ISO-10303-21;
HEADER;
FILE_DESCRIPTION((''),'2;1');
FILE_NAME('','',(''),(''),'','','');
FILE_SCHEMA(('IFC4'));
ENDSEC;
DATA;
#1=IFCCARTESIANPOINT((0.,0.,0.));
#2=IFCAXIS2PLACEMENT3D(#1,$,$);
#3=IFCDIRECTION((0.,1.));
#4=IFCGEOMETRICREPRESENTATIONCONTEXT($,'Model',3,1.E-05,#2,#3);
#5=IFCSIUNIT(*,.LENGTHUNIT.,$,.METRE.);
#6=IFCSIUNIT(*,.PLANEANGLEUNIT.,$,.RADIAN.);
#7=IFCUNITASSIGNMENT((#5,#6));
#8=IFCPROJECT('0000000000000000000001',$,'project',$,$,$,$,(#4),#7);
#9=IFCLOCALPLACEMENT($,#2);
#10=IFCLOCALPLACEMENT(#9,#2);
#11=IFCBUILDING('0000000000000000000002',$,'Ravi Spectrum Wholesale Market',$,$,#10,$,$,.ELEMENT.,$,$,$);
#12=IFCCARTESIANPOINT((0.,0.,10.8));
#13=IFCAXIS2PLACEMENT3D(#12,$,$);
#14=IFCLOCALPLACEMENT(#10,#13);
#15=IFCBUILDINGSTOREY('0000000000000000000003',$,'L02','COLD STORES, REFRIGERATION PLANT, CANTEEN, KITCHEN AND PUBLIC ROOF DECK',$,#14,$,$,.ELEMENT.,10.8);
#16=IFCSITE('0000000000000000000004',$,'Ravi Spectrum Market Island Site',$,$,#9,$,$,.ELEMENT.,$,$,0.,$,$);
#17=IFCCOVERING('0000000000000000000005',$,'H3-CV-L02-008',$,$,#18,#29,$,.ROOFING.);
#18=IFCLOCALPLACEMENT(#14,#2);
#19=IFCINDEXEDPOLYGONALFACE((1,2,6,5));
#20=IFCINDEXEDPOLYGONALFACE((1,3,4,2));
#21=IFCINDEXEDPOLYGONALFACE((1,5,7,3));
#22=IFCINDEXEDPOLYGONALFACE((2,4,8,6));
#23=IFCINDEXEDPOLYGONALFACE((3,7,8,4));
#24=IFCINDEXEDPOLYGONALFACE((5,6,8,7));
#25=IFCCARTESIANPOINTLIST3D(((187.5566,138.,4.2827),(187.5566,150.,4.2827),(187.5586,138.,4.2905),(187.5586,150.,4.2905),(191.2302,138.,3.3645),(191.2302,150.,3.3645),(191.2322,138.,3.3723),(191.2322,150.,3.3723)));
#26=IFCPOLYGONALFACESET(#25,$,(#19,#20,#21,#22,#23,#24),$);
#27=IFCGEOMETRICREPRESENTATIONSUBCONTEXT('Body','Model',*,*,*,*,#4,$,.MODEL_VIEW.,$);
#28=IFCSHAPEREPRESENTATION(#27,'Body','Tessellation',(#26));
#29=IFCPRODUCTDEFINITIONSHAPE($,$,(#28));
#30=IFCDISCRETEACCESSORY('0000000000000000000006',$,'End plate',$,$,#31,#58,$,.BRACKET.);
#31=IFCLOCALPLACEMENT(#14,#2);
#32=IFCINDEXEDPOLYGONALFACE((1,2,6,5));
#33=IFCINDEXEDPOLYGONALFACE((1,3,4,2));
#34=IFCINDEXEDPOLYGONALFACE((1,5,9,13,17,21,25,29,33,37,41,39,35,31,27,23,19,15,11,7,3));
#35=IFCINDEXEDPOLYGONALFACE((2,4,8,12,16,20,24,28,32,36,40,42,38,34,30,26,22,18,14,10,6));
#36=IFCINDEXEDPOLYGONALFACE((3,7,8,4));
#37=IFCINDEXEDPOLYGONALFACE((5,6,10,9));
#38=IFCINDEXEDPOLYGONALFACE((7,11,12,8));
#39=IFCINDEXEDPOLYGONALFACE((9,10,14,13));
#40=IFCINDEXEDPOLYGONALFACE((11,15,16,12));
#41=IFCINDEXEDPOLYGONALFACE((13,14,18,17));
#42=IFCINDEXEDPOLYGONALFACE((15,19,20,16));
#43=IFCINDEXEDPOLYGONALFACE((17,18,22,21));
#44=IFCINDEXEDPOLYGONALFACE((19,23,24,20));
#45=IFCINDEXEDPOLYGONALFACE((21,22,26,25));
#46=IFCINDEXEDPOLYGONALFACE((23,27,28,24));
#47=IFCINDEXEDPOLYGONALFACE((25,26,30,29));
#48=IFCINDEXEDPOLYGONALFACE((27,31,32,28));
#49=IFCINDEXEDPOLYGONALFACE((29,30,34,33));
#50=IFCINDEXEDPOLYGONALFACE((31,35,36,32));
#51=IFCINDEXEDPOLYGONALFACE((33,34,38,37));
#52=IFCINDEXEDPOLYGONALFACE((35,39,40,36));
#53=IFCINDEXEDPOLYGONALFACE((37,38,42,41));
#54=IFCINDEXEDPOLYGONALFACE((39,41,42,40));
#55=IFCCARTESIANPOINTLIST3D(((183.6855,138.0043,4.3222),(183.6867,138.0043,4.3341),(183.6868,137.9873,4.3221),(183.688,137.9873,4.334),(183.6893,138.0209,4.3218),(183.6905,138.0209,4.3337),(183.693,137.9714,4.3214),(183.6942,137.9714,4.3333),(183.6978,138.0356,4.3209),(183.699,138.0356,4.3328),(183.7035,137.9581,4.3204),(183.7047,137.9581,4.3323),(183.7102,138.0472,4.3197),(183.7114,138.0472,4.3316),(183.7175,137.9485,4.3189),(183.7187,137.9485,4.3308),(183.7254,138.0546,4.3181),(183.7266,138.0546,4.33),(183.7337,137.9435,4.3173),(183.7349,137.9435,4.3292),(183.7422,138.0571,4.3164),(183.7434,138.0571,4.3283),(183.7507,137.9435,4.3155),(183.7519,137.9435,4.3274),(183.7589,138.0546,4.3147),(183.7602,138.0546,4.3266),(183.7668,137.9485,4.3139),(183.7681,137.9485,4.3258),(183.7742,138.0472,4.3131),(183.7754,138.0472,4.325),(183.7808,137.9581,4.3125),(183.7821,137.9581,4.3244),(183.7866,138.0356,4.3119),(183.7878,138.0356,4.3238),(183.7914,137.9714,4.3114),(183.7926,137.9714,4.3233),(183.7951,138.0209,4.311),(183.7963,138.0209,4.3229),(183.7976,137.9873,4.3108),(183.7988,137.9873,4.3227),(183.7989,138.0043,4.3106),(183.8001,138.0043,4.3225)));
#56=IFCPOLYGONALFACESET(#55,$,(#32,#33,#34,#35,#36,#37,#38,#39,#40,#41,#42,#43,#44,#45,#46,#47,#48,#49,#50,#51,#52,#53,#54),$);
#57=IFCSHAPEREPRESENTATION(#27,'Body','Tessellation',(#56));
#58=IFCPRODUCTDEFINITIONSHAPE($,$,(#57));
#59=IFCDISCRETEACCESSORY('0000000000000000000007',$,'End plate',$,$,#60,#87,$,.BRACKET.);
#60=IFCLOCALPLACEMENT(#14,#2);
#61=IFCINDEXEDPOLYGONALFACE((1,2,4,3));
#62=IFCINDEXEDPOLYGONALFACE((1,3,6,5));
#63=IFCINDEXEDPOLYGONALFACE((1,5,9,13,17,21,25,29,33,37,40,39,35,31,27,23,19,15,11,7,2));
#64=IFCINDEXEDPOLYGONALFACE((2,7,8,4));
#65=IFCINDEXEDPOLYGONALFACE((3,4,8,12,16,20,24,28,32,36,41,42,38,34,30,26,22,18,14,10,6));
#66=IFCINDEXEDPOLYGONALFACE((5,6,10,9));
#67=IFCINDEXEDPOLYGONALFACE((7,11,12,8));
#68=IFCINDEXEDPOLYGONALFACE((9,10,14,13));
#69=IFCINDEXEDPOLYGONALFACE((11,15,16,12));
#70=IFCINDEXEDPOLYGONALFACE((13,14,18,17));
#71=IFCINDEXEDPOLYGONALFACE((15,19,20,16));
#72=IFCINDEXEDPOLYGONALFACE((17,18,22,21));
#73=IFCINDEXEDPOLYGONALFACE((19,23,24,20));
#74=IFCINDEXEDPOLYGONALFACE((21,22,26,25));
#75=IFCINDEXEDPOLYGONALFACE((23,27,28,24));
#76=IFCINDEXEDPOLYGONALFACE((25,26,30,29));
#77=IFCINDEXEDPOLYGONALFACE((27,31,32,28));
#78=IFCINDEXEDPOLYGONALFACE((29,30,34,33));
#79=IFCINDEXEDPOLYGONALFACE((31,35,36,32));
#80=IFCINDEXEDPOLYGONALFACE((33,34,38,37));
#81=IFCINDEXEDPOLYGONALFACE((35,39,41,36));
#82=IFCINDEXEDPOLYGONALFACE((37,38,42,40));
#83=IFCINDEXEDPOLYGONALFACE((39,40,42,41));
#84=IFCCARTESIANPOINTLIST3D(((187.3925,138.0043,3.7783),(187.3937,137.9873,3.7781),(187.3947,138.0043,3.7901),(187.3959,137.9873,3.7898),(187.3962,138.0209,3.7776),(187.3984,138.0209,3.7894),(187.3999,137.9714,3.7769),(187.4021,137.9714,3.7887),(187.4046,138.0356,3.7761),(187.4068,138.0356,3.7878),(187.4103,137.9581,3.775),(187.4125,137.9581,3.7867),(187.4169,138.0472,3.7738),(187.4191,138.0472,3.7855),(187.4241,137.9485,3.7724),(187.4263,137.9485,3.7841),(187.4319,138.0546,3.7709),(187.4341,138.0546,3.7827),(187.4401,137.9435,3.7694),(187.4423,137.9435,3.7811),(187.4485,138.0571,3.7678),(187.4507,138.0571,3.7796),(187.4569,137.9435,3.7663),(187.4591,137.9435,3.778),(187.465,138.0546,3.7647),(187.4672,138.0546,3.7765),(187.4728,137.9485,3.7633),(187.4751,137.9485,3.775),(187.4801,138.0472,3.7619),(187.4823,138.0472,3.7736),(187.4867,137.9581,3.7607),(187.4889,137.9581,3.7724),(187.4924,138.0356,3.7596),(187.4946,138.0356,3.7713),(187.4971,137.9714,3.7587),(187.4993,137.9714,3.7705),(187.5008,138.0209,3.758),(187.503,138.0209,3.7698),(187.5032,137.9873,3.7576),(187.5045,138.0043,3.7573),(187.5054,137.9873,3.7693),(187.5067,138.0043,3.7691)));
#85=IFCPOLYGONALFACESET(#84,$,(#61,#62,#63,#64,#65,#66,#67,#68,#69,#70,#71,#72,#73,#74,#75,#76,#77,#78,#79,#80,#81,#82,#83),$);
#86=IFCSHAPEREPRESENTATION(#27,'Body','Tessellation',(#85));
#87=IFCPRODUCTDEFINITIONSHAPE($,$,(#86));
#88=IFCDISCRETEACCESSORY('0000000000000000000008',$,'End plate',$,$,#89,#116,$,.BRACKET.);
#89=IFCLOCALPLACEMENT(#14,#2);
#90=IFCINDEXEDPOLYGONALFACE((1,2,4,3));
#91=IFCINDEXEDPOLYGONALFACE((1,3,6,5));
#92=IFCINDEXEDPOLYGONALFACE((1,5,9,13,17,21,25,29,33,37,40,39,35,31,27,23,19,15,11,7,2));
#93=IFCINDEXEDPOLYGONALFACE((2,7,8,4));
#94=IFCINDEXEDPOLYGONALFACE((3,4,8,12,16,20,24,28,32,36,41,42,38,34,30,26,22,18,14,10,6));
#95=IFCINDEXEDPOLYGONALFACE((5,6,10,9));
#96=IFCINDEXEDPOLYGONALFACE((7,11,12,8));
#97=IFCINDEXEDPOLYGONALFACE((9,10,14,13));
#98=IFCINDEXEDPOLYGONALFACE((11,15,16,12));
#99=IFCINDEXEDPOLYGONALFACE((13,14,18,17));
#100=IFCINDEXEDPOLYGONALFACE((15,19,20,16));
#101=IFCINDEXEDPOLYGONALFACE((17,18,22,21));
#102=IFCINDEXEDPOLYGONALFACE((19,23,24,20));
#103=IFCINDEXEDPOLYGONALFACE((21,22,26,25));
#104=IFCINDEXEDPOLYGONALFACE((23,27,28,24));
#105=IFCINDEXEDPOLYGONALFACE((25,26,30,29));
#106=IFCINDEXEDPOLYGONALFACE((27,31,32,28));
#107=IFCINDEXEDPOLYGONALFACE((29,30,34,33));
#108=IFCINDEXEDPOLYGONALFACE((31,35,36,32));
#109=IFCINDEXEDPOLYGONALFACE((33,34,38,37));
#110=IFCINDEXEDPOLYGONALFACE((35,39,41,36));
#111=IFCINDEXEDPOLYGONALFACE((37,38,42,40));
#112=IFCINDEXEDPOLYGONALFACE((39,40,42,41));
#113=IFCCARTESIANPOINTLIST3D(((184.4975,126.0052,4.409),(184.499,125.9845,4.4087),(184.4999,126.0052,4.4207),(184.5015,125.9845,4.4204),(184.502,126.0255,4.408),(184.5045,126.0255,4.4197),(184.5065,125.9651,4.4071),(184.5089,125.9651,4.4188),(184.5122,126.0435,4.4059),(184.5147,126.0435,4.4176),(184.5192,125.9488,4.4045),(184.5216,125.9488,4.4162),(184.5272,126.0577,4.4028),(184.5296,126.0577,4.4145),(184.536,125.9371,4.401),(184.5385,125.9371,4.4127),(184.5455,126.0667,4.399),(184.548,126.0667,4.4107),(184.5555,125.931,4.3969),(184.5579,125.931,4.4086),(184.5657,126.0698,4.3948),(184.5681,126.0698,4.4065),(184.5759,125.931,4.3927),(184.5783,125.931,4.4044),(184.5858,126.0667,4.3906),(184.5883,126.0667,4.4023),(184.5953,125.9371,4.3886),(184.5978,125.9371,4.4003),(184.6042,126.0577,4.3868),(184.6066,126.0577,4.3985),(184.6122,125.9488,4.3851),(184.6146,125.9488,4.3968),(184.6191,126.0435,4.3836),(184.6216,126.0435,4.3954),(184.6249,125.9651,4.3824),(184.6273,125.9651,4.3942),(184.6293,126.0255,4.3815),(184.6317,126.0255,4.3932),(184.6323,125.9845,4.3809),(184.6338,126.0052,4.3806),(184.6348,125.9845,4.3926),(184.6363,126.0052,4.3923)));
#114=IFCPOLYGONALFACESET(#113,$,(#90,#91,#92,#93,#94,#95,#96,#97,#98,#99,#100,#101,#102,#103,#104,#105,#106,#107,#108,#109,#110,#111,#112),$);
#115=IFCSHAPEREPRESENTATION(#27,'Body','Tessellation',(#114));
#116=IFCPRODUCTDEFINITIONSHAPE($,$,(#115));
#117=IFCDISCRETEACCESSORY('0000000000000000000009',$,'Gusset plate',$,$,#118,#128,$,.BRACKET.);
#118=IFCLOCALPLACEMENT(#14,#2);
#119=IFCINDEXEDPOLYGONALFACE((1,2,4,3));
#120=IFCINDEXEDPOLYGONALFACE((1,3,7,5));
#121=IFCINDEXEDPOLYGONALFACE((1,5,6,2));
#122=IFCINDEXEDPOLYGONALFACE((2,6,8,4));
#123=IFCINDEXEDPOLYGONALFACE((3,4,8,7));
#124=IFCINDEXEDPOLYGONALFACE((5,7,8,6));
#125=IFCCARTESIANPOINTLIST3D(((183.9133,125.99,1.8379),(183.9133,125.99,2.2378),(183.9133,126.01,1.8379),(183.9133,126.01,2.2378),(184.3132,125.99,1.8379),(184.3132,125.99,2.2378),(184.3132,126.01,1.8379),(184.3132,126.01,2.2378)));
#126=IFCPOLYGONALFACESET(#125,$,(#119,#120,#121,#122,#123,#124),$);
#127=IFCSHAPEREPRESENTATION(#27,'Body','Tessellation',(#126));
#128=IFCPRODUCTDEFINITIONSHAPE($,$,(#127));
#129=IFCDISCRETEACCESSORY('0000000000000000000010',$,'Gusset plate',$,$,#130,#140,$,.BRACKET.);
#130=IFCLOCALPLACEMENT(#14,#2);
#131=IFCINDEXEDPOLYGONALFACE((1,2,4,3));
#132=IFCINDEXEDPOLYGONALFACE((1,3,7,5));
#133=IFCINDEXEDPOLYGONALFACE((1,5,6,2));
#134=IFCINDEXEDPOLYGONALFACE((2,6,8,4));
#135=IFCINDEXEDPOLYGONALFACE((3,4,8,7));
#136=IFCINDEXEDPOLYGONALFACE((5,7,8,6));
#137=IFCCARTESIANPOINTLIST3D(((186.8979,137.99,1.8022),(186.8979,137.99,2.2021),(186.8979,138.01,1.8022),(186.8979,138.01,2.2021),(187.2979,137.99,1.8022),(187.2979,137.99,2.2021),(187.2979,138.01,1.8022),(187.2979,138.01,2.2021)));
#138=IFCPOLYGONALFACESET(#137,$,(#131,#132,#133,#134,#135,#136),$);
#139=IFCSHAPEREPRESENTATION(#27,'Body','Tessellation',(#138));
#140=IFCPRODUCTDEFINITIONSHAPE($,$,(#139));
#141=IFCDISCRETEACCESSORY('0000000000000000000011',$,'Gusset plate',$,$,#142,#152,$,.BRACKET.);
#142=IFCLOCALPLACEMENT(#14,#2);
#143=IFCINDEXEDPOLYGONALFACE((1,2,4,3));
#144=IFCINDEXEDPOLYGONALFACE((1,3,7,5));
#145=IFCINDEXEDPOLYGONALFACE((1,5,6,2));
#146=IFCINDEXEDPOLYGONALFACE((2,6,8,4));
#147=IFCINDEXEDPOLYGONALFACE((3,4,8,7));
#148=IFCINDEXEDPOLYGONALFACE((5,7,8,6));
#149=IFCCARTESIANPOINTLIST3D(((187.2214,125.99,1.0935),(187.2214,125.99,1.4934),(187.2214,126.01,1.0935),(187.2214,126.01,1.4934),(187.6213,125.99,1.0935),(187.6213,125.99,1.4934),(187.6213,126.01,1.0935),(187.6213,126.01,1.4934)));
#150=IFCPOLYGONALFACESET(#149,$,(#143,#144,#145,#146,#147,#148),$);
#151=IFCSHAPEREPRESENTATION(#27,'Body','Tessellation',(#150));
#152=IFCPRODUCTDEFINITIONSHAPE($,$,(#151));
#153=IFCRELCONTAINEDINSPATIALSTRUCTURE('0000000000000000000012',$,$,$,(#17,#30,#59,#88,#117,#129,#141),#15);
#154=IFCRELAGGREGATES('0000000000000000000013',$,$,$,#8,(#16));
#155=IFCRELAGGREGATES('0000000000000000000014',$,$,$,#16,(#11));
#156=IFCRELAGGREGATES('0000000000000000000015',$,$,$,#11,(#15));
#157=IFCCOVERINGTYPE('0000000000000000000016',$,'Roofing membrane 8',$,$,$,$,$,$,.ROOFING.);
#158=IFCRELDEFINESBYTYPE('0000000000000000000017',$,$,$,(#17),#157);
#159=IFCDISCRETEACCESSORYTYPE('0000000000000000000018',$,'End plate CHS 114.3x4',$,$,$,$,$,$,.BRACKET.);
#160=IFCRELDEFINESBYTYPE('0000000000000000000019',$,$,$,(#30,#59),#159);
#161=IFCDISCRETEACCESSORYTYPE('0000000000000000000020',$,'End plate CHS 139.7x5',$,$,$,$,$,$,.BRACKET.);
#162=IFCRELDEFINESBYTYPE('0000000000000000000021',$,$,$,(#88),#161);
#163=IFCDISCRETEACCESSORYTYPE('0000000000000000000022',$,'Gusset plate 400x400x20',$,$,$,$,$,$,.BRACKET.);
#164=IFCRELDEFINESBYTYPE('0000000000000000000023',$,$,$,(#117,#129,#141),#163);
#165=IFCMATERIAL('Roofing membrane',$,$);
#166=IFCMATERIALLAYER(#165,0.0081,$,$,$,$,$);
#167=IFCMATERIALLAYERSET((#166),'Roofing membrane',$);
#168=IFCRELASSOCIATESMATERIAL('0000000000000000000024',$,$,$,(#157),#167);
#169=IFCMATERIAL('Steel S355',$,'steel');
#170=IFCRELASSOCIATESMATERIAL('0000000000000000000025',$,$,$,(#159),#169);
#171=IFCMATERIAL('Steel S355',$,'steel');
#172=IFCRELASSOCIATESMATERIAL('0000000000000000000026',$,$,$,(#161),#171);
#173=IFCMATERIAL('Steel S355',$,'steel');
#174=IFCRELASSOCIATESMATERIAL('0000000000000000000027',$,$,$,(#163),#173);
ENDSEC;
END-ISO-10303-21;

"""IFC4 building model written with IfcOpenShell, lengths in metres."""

from ifc_helpers import new_model, si_unit, direction, frame, origin, origin_2d, place, context, subcontext, project, spatial, polyline, rectangle, circle, outline, extrude, material, layer, layer_set, material_profile, profile_set, type_object, element, save


model = new_model("IFC4")

# Units and contexts
model_context = context("Model", 3, precision=1e-05, world=origin(), true_north=direction((0.0, 1.0)))
body_context = subcontext(model_context, "Body", "Model", "MODEL_VIEW")
ifc_project = project(units=[si_unit("LENGTHUNIT", "METRE"), si_unit("PLANEANGLEUNIT", "RADIAN")], contexts=[model_context])

# Site, building, storey
site_placement = place(None, origin())
site = spatial("IfcSite", under=ifc_project, at=site_placement, Name="Ravi Spectrum Market Island Site", CompositionType="ELEMENT", RefElevation=0.0)
building_placement = place(site_placement, origin())
building = spatial("IfcBuilding", under=site, at=building_placement, Name="Ravi Spectrum Wholesale Market", CompositionType="ELEMENT")
storey_placement = place(building_placement, frame((0.0, 0.0, 10.8)))
storey = spatial("IfcBuildingStorey", under=building, at=storey_placement, Name="L02", Description="COLD STORES, REFRIGERATION PLANT, CANTEEN, KITCHEN AND PUBLIC ROOF DECK", CompositionType="ELEMENT", Elevation=10.8)

# Covering
ifc_material_1 = material(Name="Roofing membrane")
ifc_layer_1 = layer(ifc_material_1, 0.0081)
ifc_layer_set_1 = layer_set([ifc_layer_1], Name="Roofing membrane")
covering_type = type_object("IfcCoveringType", Name="Roofing membrane 8", PredefinedType="ROOFING", material=ifc_layer_set_1)
covering_1_placement = place(storey_placement, frame((187.5586, 138.0, 4.2905), z_axis=(0.24249, 0.0, 0.970154), x_axis=(0.970154, 0.0, -0.24249)))
element("IfcCovering", 1, at=covering_1_placement, inside=storey, type_object=covering_type, Name="H3-CV-L02-008", PredefinedType="ROOFING", context=body_context, shape_type="SweptSolid", body=[
    extrude(outline(polyline([(0.0, 0.0), (3.7866, 0.0), (3.7866, 12.0), (0.0, 12.0), (0.0, 0.0)])), origin(), (0.0, 0.0, -1.0), 0.0081),
])

# Discrete accessories
ifc_material_2 = material(Name="Steel S355", Category="steel")
ifc_material_profile_1 = material_profile(ifc_material_2, circle(Radius=0.0571, at=origin_2d()))
ifc_profile_set_1 = profile_set([ifc_material_profile_1], Name="Steel S355")
discrete_accessory_type_1 = type_object("IfcDiscreteAccessoryType", Name="End plate CHS 114.3x4", PredefinedType="BRACKET", material=ifc_profile_set_1)
for number, where, z_axis, x_axis, name in (
    (2, (183.7422, 138.0, 4.3164), (0.101514, 0.0, 0.994834), (0.0, 1.0, 0.0), "End plate"),
    (3, (187.4485, 138.0, 3.7678), (0.184289, 0.0, 0.982872), (0.0, 1.0, 0.0), "End plate"),
):
    element("IfcDiscreteAccessory", number, at=place(storey_placement, frame(where, z_axis=z_axis, x_axis=x_axis)), inside=storey, type_object=discrete_accessory_type_1, Name=name, PredefinedType="BRACKET", context=body_context, shape_type="SweptSolid", body=[
        extrude(circle(Radius=0.0571, at=origin_2d()), origin(), (0.0, 0.0, 1.0), 0.012),
    ])
ifc_material_3 = material(Name="Steel S355", Category="steel")
ifc_material_profile_2 = material_profile(ifc_material_3, circle(Radius=0.0698, at=origin_2d()))
ifc_profile_set_2 = profile_set([ifc_material_profile_2], Name="Steel S355")
discrete_accessory_type_2 = type_object("IfcDiscreteAccessoryType", Name="End plate CHS 139.7x5", PredefinedType="BRACKET", material=ifc_profile_set_2)
discrete_accessory_placement = place(storey_placement, frame((184.5657, 126.0, 4.3948), z_axis=(0.203954, 0.0, 0.97898), x_axis=(0.0, 1.0, 0.0)))
element("IfcDiscreteAccessory", 4, at=discrete_accessory_placement, inside=storey, type_object=discrete_accessory_type_2, Name="End plate", PredefinedType="BRACKET", context=body_context, shape_type="SweptSolid", body=[
    extrude(circle(Radius=0.0698, at=origin_2d()), origin(), (0.0, 0.0, 1.0), 0.012),
])
ifc_material_4 = material(Name="Steel S355", Category="steel")
ifc_material_profile_3 = material_profile(ifc_material_4, rectangle(XDim=0.3999, YDim=0.02, at=origin_2d()))
ifc_profile_set_3 = profile_set([ifc_material_profile_3], Name="Steel S355")
discrete_accessory_type_3 = type_object("IfcDiscreteAccessoryType", Name="Gusset plate 400x400x20", PredefinedType="BRACKET", material=ifc_profile_set_3)
for number, where, z_axis, x_axis, name in (
    (5, (184.1133, 126.0, 1.8379), (0.0, 0.0, 1.0), (-1.0, 0.0, 0.0), "Gusset plate"),
    (6, (187.0979, 138.0, 1.8022), (0.0, 0.0, 1.0), (-1.0, 0.0, 0.0), "Gusset plate"),
    (7, (187.4214, 126.0, 1.0935), (0.0, 0.0, 1.0), (-1.0, 0.0, 0.0), "Gusset plate"),
):
    element("IfcDiscreteAccessory", number, at=place(storey_placement, frame(where, z_axis=z_axis, x_axis=x_axis)), inside=storey, type_object=discrete_accessory_type_3, Name=name, PredefinedType="BRACKET", context=body_context, shape_type="SweptSolid", body=[
        extrude(rectangle(XDim=0.3999, YDim=0.02, at=origin_2d()), origin(), (0.0, 0.0, 1.0), 0.3999),
    ])

save(model, "model.ifc")
